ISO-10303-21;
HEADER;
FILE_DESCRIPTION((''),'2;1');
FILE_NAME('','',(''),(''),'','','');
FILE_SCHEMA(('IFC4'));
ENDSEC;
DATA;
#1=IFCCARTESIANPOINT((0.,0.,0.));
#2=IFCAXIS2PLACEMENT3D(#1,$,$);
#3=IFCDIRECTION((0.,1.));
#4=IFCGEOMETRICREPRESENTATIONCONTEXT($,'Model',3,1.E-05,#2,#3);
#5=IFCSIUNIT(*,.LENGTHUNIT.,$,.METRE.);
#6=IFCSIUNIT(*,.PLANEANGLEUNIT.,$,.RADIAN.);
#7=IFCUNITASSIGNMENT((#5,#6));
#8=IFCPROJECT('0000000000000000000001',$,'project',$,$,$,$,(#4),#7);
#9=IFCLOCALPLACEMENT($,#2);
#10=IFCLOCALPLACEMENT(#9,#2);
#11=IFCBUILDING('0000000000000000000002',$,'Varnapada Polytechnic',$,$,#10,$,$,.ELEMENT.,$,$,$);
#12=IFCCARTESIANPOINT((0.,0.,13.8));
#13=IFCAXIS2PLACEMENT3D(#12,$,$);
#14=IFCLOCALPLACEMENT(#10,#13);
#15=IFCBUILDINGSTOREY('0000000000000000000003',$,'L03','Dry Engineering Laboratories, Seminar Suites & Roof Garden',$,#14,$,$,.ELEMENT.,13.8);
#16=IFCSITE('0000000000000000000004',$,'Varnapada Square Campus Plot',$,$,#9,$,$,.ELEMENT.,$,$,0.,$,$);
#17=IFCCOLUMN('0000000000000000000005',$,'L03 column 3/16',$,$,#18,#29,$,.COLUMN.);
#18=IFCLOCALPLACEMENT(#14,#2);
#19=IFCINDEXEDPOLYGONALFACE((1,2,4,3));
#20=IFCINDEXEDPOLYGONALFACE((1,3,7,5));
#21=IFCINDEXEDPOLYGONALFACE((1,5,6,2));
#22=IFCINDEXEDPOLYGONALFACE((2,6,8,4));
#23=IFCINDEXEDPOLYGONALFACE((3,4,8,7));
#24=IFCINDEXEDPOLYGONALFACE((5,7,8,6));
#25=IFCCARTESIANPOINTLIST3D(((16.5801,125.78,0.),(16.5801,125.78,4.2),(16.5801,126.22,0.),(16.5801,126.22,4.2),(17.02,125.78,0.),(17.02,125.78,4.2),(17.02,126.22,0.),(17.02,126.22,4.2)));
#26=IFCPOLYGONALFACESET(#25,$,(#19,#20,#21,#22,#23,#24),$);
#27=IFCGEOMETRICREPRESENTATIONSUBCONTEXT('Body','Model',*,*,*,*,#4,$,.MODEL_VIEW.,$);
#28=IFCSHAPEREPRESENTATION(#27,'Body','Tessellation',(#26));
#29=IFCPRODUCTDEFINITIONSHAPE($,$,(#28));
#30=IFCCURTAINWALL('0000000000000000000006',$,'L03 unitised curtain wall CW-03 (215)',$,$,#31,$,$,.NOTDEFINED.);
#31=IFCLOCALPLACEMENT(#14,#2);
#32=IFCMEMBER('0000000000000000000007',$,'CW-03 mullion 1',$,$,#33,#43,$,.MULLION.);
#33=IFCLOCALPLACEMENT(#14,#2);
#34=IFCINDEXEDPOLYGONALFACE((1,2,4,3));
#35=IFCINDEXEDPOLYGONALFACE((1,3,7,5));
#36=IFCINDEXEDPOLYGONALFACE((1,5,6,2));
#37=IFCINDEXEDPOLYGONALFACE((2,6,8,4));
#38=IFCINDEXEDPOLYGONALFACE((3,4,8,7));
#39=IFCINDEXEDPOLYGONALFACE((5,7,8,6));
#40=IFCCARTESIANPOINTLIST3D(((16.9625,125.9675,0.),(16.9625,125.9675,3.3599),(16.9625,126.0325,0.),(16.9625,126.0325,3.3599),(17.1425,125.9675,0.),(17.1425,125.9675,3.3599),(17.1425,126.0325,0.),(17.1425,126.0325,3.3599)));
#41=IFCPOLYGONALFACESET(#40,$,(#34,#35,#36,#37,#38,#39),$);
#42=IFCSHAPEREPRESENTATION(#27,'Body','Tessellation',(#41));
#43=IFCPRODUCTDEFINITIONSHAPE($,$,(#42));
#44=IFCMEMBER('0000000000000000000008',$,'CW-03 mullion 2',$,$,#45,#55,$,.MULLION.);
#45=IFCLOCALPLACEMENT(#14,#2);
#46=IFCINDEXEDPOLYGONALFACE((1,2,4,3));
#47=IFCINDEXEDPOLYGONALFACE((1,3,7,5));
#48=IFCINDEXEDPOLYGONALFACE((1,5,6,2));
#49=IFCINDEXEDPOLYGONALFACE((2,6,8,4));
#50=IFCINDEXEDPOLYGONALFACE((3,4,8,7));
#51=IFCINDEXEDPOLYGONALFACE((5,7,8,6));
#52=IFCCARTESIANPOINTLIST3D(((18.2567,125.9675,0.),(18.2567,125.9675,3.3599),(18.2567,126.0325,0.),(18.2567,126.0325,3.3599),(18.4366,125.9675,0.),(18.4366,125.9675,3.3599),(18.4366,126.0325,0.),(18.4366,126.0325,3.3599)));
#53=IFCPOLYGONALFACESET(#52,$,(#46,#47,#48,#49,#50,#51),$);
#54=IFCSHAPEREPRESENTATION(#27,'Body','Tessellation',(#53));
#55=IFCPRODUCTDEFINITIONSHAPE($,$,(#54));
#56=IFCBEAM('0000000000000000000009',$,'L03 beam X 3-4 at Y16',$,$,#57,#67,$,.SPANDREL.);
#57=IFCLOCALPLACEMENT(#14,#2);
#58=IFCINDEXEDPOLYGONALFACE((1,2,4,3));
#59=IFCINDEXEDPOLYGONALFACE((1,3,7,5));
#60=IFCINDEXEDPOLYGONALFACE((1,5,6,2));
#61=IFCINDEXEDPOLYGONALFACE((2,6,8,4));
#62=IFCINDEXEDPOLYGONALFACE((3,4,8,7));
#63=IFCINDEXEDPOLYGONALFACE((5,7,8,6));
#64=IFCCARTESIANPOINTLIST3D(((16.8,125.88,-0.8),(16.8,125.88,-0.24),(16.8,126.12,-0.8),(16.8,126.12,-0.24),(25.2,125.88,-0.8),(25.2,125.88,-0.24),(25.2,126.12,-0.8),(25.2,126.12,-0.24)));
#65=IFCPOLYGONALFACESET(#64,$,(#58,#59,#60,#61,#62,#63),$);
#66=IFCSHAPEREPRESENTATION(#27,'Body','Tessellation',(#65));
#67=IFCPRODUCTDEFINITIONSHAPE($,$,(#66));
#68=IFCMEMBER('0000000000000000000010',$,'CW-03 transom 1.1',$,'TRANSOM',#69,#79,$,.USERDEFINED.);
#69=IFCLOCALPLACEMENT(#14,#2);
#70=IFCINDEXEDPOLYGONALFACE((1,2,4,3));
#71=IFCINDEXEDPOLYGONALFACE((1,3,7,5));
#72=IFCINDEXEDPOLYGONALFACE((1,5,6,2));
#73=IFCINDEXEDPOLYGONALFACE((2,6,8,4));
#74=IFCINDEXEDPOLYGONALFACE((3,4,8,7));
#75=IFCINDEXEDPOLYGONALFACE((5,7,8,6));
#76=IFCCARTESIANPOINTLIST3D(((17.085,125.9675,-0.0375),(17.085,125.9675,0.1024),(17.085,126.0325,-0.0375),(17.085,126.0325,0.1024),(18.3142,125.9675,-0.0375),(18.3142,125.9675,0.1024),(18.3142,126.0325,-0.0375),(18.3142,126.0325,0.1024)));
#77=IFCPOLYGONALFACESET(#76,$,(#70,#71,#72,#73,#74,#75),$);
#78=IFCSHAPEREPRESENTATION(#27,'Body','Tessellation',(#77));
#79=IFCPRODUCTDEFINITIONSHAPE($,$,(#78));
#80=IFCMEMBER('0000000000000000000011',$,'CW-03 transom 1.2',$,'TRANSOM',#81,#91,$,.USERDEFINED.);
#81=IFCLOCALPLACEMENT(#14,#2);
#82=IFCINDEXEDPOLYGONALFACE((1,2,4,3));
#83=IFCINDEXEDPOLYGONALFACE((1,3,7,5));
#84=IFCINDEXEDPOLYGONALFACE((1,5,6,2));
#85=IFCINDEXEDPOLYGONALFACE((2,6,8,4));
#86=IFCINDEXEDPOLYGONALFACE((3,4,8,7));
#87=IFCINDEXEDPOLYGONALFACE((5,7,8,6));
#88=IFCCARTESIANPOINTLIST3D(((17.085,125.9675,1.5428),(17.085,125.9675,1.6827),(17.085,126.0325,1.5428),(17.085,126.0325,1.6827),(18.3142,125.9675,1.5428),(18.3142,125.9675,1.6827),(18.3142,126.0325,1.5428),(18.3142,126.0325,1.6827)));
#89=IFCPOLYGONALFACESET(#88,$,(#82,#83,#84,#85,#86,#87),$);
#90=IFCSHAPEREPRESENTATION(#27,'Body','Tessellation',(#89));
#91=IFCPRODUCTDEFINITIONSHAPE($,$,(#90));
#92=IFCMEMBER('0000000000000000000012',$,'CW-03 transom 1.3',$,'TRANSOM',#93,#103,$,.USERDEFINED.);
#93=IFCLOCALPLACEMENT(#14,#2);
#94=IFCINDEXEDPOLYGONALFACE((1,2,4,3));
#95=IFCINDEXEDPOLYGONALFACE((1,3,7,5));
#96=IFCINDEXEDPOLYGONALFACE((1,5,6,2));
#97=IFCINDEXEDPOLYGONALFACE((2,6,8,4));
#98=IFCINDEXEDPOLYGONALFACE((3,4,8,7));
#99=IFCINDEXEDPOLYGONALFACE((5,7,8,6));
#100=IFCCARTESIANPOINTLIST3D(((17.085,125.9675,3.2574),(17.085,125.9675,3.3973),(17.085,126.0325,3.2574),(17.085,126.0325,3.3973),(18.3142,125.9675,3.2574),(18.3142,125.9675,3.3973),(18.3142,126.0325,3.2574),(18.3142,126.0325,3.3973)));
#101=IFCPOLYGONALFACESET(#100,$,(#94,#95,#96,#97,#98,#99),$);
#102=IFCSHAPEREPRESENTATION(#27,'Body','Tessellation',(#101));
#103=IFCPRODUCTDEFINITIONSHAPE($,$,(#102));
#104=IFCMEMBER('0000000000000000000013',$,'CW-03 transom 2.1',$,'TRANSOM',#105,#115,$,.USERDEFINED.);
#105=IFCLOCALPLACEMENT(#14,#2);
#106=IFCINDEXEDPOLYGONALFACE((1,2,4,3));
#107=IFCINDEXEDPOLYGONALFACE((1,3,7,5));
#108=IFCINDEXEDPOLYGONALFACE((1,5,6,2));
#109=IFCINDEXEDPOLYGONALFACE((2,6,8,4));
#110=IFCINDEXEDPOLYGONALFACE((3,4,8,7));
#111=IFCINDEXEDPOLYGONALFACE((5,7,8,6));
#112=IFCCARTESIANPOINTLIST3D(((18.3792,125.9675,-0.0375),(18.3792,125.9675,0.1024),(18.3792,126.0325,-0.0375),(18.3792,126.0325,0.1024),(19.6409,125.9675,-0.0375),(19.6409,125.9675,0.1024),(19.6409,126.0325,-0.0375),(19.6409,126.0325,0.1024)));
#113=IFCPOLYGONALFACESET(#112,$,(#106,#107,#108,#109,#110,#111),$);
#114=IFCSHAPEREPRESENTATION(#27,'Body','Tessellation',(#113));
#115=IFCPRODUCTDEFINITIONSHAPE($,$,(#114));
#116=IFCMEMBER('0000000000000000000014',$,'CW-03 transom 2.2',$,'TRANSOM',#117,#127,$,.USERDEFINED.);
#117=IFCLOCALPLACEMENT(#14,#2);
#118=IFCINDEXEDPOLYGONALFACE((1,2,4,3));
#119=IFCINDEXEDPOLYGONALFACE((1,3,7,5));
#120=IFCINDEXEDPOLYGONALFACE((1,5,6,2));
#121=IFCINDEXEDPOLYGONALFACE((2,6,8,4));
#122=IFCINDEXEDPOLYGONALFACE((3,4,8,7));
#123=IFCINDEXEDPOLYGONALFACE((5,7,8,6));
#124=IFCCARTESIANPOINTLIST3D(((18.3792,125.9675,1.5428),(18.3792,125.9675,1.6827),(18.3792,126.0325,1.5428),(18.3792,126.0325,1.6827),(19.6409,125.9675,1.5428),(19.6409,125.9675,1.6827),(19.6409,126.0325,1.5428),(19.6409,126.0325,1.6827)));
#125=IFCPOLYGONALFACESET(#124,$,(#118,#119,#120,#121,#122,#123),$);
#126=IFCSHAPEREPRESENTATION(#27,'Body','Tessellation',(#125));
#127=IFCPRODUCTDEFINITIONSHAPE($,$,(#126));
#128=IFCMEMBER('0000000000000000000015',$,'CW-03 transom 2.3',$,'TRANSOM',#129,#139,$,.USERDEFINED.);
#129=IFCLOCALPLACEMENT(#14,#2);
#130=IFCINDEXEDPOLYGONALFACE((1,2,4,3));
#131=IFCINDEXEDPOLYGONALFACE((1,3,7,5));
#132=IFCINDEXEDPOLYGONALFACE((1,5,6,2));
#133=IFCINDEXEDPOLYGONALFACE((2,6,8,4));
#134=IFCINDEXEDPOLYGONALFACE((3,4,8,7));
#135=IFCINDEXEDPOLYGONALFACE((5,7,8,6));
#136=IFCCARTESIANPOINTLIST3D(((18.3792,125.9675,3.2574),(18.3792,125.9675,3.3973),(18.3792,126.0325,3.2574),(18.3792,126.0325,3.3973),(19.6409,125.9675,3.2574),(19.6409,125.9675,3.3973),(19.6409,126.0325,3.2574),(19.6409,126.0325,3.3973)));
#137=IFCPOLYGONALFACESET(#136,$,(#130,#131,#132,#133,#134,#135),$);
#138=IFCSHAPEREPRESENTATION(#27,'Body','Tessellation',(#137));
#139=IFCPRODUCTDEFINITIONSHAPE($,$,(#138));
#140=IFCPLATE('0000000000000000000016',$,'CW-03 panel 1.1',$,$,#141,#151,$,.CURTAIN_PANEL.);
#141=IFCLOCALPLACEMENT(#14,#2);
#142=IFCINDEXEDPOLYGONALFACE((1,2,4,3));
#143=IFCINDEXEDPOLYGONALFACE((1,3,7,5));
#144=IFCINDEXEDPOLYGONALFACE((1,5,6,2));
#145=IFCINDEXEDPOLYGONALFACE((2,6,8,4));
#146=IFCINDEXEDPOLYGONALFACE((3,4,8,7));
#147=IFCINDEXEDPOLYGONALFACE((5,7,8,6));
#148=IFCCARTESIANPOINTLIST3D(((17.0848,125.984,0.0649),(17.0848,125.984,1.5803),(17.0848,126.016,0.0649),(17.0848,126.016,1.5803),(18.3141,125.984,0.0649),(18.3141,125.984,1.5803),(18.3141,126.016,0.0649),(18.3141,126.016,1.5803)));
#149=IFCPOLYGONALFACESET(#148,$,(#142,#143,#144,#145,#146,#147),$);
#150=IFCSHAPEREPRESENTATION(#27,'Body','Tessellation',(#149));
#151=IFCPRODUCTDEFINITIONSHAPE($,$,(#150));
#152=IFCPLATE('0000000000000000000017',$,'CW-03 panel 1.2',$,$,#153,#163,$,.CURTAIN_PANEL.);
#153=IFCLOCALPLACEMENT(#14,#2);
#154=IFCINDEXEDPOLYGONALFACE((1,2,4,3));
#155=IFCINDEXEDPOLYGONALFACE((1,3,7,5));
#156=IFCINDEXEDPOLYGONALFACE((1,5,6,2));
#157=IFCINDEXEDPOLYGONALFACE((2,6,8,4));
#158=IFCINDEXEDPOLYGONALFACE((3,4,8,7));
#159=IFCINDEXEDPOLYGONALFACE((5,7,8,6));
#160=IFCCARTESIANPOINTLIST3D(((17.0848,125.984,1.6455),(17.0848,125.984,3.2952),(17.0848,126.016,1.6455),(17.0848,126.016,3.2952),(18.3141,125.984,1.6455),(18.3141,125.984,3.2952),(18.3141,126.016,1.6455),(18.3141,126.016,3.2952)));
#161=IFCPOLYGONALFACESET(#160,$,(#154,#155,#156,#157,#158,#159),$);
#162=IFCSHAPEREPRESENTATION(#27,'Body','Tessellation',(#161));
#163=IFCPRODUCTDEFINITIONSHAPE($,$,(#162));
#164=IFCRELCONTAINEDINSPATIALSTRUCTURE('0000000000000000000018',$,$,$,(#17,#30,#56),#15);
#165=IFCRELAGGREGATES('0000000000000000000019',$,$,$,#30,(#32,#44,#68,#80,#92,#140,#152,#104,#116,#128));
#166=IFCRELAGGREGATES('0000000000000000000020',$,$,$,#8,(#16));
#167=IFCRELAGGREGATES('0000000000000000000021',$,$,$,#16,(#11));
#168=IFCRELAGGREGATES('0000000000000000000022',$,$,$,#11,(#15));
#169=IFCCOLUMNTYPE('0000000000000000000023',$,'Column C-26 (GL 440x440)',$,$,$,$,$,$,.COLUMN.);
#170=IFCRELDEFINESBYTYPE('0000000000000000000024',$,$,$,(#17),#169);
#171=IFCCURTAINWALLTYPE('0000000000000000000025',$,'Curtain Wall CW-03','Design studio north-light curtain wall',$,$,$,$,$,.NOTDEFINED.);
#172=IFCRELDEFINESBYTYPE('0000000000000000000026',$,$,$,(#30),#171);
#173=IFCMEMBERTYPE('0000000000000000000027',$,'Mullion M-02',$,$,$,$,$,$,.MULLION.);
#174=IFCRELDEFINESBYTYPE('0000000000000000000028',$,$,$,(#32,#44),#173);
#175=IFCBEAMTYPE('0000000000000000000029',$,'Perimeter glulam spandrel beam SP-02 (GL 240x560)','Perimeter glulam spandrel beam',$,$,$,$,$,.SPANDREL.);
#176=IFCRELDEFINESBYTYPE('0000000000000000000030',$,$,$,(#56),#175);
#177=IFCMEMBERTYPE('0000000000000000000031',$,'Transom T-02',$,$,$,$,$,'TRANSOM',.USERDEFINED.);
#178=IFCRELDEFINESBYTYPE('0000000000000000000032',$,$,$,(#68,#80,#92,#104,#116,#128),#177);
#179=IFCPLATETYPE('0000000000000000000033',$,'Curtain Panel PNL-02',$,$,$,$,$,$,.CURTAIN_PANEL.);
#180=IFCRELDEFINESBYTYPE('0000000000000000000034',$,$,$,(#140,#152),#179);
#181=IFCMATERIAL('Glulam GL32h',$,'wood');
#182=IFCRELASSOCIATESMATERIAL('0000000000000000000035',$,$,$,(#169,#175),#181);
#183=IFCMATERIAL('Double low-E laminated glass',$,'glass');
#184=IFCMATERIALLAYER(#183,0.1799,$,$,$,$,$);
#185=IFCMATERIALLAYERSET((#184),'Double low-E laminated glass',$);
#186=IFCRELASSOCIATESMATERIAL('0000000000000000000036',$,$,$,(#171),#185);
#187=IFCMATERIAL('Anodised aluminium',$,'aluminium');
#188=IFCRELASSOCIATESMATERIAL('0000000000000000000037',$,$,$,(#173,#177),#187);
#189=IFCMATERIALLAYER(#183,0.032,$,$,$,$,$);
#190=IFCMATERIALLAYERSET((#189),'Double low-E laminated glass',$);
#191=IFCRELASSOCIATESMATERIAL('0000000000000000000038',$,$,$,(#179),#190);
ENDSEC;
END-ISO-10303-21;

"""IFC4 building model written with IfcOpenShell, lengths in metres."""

from ifc_helpers import new_model, si_unit, direction, frame, origin, origin_2d, place, context, subcontext, project, spatial, rectangle, extrude, material, layer, layer_set, material_profile, profile_set, type_object, element, aggregate, save


model = new_model("IFC4")

# Units and contexts
model_context = context("Model", 3, precision=1e-05, world=origin(), true_north=direction((0.0, 1.0)))
body_context = subcontext(model_context, "Body", "Model", "MODEL_VIEW")
ifc_project = project(units=[si_unit("LENGTHUNIT", "METRE"), si_unit("PLANEANGLEUNIT", "RADIAN")], contexts=[model_context])

# Site, building, storey
site_placement = place(None, origin())
site = spatial("IfcSite", under=ifc_project, at=site_placement, Name="Varnapada Square Campus Plot", CompositionType="ELEMENT", RefElevation=0.0)
building_placement = place(site_placement, origin())
building = spatial("IfcBuilding", under=site, at=building_placement, Name="Varnapada Polytechnic", CompositionType="ELEMENT")
storey_placement = place(building_placement, frame((0.0, 0.0, 13.8)))
storey = spatial("IfcBuildingStorey", under=building, at=storey_placement, Name="L03", Description="Dry Engineering Laboratories, Seminar Suites & Roof Garden", CompositionType="ELEMENT", Elevation=13.8)

# Column
ifc_material_1 = material(Name="Glulam GL32h", Category="wood")
ifc_material_profile_1 = material_profile(ifc_material_1, rectangle(XDim=0.4399, YDim=0.4399, at=origin_2d()), Name="GL 440x440")
ifc_profile_set_1 = profile_set([ifc_material_profile_1], Name="Glulam GL32h")
column_type = type_object("IfcColumnType", Name="Column C-26 (GL 440x440)", PredefinedType="COLUMN", material=ifc_profile_set_1)
column_placement = place(storey_placement, frame((16.8, 126.0, 0.0), z_axis=(0.0, 0.0, 1.0), x_axis=(1.0, 0.0, 0.0)))
element("IfcColumn", 1, at=column_placement, inside=storey, type_object=column_type, Name="L03 column 3/16", PredefinedType="COLUMN", context=body_context, shape_type="SweptSolid", body=[
    extrude(rectangle(XDim=0.4399, YDim=0.4399, at=origin_2d()), origin(), (0.0, 0.0, 1.0), 4.2),
])

# Curtain wall, members
ifc_material_2 = material(Name="Double low-E laminated glass", Category="glass")
ifc_layer_1 = layer(ifc_material_2, 0.1799)
ifc_layer_set_1 = layer_set([ifc_layer_1], Name="Double low-E laminated glass")
curtain_wall_type = type_object("IfcCurtainWallType", Name="Curtain Wall CW-03", Description="Design studio north-light curtain wall", PredefinedType="NOTDEFINED", material=ifc_layer_set_1)
curtain_wall_placement = place(storey_placement, origin())
curtain_wall = element("IfcCurtainWall", 2, at=curtain_wall_placement, inside=storey, type_object=curtain_wall_type, Name="L03 unitised curtain wall CW-03 (215)", PredefinedType="NOTDEFINED")
ifc_material_3 = material(Name="Anodised aluminium", Category="aluminium")
ifc_material_profile_2 = material_profile(ifc_material_3, rectangle(XDim=0.0649, YDim=0.1799, at=origin_2d()), Name="ALU M65x180")
ifc_profile_set_2 = profile_set([ifc_material_profile_2], Name="Anodised aluminium")
member_type_1 = type_object("IfcMemberType", Name="Mullion M-02", PredefinedType="MULLION", material=ifc_profile_set_2)
member_1_placement = place(storey_placement, frame((17.0525, 126.0, 0.0), z_axis=(0.0, 0.0, 1.0), x_axis=(0.0, 1.0, 0.0)))
member_1 = element("IfcMember", 3, at=member_1_placement, type_object=member_type_1, Name="CW-03 mullion 1", PredefinedType="MULLION", context=body_context, shape_type="SweptSolid", body=[
    extrude(rectangle(XDim=0.0649, YDim=0.1799, at=origin_2d()), origin(), (0.0, 0.0, 1.0), 3.3599),
])
member_2_placement = place(storey_placement, frame((18.3467, 126.0, 0.0), z_axis=(0.0, 0.0, 1.0), x_axis=(0.0, 1.0, 0.0)))
member_2 = element("IfcMember", 4, at=member_2_placement, type_object=member_type_1, Name="CW-03 mullion 2", PredefinedType="MULLION", context=body_context, shape_type="SweptSolid", body=[
    extrude(rectangle(XDim=0.0649, YDim=0.1799, at=origin_2d()), origin(), (0.0, 0.0, 1.0), 3.3599),
])

# Beam
ifc_material_profile_3 = material_profile(ifc_material_1, rectangle(XDim=0.24, YDim=0.5601, at=origin_2d()), Name="GL 240x560")
ifc_profile_set_3 = profile_set([ifc_material_profile_3], Name="Glulam GL32h")
beam_type = type_object("IfcBeamType", Name="Perimeter glulam spandrel beam SP-02 (GL 240x560)", Description="Perimeter glulam spandrel beam", PredefinedType="SPANDREL", material=ifc_profile_set_3)
beam_placement = place(storey_placement, frame((16.8, 126.0, -0.52), z_axis=(1.0, 0.0, 0.0), x_axis=(0.0, 1.0, 0.0)))
element("IfcBeam", 5, at=beam_placement, inside=storey, type_object=beam_type, Name="L03 beam X 3-4 at Y16", PredefinedType="SPANDREL", context=body_context, shape_type="SweptSolid", body=[
    extrude(rectangle(XDim=0.24, YDim=0.5601, at=origin_2d()), origin(), (0.0, 0.0, 1.0), 8.3999),
])

# Members
ifc_material_profile_4 = material_profile(ifc_material_3, rectangle(XDim=0.0649, YDim=0.1399, at=origin_2d()), Name="ALU T65x140")
ifc_profile_set_4 = profile_set([ifc_material_profile_4], Name="Anodised aluminium")
member_type_2 = type_object("IfcMemberType", Name="Transom T-02", ElementType="TRANSOM", PredefinedType="USERDEFINED", material=ifc_profile_set_4)
member_3_placement = place(storey_placement, frame((17.085, 126.0, 0.0325), z_axis=(1.0, 0.0, 0.0), x_axis=(0.0, 1.0, 0.0)))
member_3 = element("IfcMember", 6, at=member_3_placement, type_object=member_type_2, Name="CW-03 transom 1.1", ObjectType="TRANSOM", PredefinedType="USERDEFINED", context=body_context, shape_type="SweptSolid", body=[
    extrude(rectangle(XDim=0.0649, YDim=0.1399, at=origin_2d()), origin(), (0.0, 0.0, 1.0), 1.2292),
])
member_4_placement = place(storey_placement, frame((17.085, 126.0, 1.6128), z_axis=(1.0, 0.0, 0.0), x_axis=(0.0, 1.0, 0.0)))
member_4 = element("IfcMember", 7, at=member_4_placement, type_object=member_type_2, Name="CW-03 transom 1.2", ObjectType="TRANSOM", PredefinedType="USERDEFINED", context=body_context, shape_type="SweptSolid", body=[
    extrude(rectangle(XDim=0.0649, YDim=0.1399, at=origin_2d()), origin(), (0.0, 0.0, 1.0), 1.2292),
])
member_5_placement = place(storey_placement, frame((17.085, 126.0, 3.3274), z_axis=(1.0, 0.0, 0.0), x_axis=(0.0, 1.0, 0.0)))
member_5 = element("IfcMember", 8, at=member_5_placement, type_object=member_type_2, Name="CW-03 transom 1.3", ObjectType="TRANSOM", PredefinedType="USERDEFINED", context=body_context, shape_type="SweptSolid", body=[
    extrude(rectangle(XDim=0.0649, YDim=0.1399, at=origin_2d()), origin(), (0.0, 0.0, 1.0), 1.2292),
])
member_6_placement = place(storey_placement, frame((18.3792, 126.0, 0.0325), z_axis=(1.0, 0.0, 0.0), x_axis=(0.0, 1.0, 0.0)))
member_6 = element("IfcMember", 9, at=member_6_placement, type_object=member_type_2, Name="CW-03 transom 2.1", ObjectType="TRANSOM", PredefinedType="USERDEFINED", context=body_context, shape_type="SweptSolid", body=[
    extrude(rectangle(XDim=0.0649, YDim=0.1399, at=origin_2d()), origin(), (0.0, 0.0, 1.0), 1.2617),
])
member_7_placement = place(storey_placement, frame((18.3792, 126.0, 1.6128), z_axis=(1.0, 0.0, 0.0), x_axis=(0.0, 1.0, 0.0)))
member_7 = element("IfcMember", 10, at=member_7_placement, type_object=member_type_2, Name="CW-03 transom 2.2", ObjectType="TRANSOM", PredefinedType="USERDEFINED", context=body_context, shape_type="SweptSolid", body=[
    extrude(rectangle(XDim=0.0649, YDim=0.1399, at=origin_2d()), origin(), (0.0, 0.0, 1.0), 1.2617),
])
member_8_placement = place(storey_placement, frame((18.3792, 126.0, 3.3274), z_axis=(1.0, 0.0, 0.0), x_axis=(0.0, 1.0, 0.0)))
member_8 = element("IfcMember", 11, at=member_8_placement, type_object=member_type_2, Name="CW-03 transom 2.3", ObjectType="TRANSOM", PredefinedType="USERDEFINED", context=body_context, shape_type="SweptSolid", body=[
    extrude(rectangle(XDim=0.0649, YDim=0.1399, at=origin_2d()), origin(), (0.0, 0.0, 1.0), 1.2617),
])

# Plates
ifc_layer_2 = layer(ifc_material_2, 0.032)
ifc_layer_set_2 = layer_set([ifc_layer_2], Name="Double low-E laminated glass")
plate_type = type_object("IfcPlateType", Name="Curtain Panel PNL-02", PredefinedType="CURTAIN_PANEL", material=ifc_layer_set_2)
plate_1_placement = place(storey_placement, frame((17.6995, 126.0, 0.0649), z_axis=(0.0, 0.0, 1.0), x_axis=(1.0, 0.0, 0.0)))
plate_1 = element("IfcPlate", 12, at=plate_1_placement, type_object=plate_type, Name="CW-03 panel 1.1", PredefinedType="CURTAIN_PANEL", context=body_context, shape_type="SweptSolid", body=[
    extrude(rectangle(XDim=1.2292, YDim=0.032, at=origin_2d()), origin(), (0.0, 0.0, 1.0), 1.5154),
])
plate_2_placement = place(storey_placement, frame((17.6995, 126.0, 1.6455), z_axis=(0.0, 0.0, 1.0), x_axis=(1.0, 0.0, 0.0)))
plate_2 = element("IfcPlate", 13, at=plate_2_placement, type_object=plate_type, Name="CW-03 panel 1.2", PredefinedType="CURTAIN_PANEL", context=body_context, shape_type="SweptSolid", body=[
    extrude(rectangle(XDim=1.2292, YDim=0.032, at=origin_2d()), origin(), (0.0, 0.0, 1.0), 1.6497),
])
aggregate(curtain_wall, [member_1, member_2, member_3, member_4, member_5, plate_1, plate_2, member_6, member_7, member_8])

save(model, "model.ifc")
